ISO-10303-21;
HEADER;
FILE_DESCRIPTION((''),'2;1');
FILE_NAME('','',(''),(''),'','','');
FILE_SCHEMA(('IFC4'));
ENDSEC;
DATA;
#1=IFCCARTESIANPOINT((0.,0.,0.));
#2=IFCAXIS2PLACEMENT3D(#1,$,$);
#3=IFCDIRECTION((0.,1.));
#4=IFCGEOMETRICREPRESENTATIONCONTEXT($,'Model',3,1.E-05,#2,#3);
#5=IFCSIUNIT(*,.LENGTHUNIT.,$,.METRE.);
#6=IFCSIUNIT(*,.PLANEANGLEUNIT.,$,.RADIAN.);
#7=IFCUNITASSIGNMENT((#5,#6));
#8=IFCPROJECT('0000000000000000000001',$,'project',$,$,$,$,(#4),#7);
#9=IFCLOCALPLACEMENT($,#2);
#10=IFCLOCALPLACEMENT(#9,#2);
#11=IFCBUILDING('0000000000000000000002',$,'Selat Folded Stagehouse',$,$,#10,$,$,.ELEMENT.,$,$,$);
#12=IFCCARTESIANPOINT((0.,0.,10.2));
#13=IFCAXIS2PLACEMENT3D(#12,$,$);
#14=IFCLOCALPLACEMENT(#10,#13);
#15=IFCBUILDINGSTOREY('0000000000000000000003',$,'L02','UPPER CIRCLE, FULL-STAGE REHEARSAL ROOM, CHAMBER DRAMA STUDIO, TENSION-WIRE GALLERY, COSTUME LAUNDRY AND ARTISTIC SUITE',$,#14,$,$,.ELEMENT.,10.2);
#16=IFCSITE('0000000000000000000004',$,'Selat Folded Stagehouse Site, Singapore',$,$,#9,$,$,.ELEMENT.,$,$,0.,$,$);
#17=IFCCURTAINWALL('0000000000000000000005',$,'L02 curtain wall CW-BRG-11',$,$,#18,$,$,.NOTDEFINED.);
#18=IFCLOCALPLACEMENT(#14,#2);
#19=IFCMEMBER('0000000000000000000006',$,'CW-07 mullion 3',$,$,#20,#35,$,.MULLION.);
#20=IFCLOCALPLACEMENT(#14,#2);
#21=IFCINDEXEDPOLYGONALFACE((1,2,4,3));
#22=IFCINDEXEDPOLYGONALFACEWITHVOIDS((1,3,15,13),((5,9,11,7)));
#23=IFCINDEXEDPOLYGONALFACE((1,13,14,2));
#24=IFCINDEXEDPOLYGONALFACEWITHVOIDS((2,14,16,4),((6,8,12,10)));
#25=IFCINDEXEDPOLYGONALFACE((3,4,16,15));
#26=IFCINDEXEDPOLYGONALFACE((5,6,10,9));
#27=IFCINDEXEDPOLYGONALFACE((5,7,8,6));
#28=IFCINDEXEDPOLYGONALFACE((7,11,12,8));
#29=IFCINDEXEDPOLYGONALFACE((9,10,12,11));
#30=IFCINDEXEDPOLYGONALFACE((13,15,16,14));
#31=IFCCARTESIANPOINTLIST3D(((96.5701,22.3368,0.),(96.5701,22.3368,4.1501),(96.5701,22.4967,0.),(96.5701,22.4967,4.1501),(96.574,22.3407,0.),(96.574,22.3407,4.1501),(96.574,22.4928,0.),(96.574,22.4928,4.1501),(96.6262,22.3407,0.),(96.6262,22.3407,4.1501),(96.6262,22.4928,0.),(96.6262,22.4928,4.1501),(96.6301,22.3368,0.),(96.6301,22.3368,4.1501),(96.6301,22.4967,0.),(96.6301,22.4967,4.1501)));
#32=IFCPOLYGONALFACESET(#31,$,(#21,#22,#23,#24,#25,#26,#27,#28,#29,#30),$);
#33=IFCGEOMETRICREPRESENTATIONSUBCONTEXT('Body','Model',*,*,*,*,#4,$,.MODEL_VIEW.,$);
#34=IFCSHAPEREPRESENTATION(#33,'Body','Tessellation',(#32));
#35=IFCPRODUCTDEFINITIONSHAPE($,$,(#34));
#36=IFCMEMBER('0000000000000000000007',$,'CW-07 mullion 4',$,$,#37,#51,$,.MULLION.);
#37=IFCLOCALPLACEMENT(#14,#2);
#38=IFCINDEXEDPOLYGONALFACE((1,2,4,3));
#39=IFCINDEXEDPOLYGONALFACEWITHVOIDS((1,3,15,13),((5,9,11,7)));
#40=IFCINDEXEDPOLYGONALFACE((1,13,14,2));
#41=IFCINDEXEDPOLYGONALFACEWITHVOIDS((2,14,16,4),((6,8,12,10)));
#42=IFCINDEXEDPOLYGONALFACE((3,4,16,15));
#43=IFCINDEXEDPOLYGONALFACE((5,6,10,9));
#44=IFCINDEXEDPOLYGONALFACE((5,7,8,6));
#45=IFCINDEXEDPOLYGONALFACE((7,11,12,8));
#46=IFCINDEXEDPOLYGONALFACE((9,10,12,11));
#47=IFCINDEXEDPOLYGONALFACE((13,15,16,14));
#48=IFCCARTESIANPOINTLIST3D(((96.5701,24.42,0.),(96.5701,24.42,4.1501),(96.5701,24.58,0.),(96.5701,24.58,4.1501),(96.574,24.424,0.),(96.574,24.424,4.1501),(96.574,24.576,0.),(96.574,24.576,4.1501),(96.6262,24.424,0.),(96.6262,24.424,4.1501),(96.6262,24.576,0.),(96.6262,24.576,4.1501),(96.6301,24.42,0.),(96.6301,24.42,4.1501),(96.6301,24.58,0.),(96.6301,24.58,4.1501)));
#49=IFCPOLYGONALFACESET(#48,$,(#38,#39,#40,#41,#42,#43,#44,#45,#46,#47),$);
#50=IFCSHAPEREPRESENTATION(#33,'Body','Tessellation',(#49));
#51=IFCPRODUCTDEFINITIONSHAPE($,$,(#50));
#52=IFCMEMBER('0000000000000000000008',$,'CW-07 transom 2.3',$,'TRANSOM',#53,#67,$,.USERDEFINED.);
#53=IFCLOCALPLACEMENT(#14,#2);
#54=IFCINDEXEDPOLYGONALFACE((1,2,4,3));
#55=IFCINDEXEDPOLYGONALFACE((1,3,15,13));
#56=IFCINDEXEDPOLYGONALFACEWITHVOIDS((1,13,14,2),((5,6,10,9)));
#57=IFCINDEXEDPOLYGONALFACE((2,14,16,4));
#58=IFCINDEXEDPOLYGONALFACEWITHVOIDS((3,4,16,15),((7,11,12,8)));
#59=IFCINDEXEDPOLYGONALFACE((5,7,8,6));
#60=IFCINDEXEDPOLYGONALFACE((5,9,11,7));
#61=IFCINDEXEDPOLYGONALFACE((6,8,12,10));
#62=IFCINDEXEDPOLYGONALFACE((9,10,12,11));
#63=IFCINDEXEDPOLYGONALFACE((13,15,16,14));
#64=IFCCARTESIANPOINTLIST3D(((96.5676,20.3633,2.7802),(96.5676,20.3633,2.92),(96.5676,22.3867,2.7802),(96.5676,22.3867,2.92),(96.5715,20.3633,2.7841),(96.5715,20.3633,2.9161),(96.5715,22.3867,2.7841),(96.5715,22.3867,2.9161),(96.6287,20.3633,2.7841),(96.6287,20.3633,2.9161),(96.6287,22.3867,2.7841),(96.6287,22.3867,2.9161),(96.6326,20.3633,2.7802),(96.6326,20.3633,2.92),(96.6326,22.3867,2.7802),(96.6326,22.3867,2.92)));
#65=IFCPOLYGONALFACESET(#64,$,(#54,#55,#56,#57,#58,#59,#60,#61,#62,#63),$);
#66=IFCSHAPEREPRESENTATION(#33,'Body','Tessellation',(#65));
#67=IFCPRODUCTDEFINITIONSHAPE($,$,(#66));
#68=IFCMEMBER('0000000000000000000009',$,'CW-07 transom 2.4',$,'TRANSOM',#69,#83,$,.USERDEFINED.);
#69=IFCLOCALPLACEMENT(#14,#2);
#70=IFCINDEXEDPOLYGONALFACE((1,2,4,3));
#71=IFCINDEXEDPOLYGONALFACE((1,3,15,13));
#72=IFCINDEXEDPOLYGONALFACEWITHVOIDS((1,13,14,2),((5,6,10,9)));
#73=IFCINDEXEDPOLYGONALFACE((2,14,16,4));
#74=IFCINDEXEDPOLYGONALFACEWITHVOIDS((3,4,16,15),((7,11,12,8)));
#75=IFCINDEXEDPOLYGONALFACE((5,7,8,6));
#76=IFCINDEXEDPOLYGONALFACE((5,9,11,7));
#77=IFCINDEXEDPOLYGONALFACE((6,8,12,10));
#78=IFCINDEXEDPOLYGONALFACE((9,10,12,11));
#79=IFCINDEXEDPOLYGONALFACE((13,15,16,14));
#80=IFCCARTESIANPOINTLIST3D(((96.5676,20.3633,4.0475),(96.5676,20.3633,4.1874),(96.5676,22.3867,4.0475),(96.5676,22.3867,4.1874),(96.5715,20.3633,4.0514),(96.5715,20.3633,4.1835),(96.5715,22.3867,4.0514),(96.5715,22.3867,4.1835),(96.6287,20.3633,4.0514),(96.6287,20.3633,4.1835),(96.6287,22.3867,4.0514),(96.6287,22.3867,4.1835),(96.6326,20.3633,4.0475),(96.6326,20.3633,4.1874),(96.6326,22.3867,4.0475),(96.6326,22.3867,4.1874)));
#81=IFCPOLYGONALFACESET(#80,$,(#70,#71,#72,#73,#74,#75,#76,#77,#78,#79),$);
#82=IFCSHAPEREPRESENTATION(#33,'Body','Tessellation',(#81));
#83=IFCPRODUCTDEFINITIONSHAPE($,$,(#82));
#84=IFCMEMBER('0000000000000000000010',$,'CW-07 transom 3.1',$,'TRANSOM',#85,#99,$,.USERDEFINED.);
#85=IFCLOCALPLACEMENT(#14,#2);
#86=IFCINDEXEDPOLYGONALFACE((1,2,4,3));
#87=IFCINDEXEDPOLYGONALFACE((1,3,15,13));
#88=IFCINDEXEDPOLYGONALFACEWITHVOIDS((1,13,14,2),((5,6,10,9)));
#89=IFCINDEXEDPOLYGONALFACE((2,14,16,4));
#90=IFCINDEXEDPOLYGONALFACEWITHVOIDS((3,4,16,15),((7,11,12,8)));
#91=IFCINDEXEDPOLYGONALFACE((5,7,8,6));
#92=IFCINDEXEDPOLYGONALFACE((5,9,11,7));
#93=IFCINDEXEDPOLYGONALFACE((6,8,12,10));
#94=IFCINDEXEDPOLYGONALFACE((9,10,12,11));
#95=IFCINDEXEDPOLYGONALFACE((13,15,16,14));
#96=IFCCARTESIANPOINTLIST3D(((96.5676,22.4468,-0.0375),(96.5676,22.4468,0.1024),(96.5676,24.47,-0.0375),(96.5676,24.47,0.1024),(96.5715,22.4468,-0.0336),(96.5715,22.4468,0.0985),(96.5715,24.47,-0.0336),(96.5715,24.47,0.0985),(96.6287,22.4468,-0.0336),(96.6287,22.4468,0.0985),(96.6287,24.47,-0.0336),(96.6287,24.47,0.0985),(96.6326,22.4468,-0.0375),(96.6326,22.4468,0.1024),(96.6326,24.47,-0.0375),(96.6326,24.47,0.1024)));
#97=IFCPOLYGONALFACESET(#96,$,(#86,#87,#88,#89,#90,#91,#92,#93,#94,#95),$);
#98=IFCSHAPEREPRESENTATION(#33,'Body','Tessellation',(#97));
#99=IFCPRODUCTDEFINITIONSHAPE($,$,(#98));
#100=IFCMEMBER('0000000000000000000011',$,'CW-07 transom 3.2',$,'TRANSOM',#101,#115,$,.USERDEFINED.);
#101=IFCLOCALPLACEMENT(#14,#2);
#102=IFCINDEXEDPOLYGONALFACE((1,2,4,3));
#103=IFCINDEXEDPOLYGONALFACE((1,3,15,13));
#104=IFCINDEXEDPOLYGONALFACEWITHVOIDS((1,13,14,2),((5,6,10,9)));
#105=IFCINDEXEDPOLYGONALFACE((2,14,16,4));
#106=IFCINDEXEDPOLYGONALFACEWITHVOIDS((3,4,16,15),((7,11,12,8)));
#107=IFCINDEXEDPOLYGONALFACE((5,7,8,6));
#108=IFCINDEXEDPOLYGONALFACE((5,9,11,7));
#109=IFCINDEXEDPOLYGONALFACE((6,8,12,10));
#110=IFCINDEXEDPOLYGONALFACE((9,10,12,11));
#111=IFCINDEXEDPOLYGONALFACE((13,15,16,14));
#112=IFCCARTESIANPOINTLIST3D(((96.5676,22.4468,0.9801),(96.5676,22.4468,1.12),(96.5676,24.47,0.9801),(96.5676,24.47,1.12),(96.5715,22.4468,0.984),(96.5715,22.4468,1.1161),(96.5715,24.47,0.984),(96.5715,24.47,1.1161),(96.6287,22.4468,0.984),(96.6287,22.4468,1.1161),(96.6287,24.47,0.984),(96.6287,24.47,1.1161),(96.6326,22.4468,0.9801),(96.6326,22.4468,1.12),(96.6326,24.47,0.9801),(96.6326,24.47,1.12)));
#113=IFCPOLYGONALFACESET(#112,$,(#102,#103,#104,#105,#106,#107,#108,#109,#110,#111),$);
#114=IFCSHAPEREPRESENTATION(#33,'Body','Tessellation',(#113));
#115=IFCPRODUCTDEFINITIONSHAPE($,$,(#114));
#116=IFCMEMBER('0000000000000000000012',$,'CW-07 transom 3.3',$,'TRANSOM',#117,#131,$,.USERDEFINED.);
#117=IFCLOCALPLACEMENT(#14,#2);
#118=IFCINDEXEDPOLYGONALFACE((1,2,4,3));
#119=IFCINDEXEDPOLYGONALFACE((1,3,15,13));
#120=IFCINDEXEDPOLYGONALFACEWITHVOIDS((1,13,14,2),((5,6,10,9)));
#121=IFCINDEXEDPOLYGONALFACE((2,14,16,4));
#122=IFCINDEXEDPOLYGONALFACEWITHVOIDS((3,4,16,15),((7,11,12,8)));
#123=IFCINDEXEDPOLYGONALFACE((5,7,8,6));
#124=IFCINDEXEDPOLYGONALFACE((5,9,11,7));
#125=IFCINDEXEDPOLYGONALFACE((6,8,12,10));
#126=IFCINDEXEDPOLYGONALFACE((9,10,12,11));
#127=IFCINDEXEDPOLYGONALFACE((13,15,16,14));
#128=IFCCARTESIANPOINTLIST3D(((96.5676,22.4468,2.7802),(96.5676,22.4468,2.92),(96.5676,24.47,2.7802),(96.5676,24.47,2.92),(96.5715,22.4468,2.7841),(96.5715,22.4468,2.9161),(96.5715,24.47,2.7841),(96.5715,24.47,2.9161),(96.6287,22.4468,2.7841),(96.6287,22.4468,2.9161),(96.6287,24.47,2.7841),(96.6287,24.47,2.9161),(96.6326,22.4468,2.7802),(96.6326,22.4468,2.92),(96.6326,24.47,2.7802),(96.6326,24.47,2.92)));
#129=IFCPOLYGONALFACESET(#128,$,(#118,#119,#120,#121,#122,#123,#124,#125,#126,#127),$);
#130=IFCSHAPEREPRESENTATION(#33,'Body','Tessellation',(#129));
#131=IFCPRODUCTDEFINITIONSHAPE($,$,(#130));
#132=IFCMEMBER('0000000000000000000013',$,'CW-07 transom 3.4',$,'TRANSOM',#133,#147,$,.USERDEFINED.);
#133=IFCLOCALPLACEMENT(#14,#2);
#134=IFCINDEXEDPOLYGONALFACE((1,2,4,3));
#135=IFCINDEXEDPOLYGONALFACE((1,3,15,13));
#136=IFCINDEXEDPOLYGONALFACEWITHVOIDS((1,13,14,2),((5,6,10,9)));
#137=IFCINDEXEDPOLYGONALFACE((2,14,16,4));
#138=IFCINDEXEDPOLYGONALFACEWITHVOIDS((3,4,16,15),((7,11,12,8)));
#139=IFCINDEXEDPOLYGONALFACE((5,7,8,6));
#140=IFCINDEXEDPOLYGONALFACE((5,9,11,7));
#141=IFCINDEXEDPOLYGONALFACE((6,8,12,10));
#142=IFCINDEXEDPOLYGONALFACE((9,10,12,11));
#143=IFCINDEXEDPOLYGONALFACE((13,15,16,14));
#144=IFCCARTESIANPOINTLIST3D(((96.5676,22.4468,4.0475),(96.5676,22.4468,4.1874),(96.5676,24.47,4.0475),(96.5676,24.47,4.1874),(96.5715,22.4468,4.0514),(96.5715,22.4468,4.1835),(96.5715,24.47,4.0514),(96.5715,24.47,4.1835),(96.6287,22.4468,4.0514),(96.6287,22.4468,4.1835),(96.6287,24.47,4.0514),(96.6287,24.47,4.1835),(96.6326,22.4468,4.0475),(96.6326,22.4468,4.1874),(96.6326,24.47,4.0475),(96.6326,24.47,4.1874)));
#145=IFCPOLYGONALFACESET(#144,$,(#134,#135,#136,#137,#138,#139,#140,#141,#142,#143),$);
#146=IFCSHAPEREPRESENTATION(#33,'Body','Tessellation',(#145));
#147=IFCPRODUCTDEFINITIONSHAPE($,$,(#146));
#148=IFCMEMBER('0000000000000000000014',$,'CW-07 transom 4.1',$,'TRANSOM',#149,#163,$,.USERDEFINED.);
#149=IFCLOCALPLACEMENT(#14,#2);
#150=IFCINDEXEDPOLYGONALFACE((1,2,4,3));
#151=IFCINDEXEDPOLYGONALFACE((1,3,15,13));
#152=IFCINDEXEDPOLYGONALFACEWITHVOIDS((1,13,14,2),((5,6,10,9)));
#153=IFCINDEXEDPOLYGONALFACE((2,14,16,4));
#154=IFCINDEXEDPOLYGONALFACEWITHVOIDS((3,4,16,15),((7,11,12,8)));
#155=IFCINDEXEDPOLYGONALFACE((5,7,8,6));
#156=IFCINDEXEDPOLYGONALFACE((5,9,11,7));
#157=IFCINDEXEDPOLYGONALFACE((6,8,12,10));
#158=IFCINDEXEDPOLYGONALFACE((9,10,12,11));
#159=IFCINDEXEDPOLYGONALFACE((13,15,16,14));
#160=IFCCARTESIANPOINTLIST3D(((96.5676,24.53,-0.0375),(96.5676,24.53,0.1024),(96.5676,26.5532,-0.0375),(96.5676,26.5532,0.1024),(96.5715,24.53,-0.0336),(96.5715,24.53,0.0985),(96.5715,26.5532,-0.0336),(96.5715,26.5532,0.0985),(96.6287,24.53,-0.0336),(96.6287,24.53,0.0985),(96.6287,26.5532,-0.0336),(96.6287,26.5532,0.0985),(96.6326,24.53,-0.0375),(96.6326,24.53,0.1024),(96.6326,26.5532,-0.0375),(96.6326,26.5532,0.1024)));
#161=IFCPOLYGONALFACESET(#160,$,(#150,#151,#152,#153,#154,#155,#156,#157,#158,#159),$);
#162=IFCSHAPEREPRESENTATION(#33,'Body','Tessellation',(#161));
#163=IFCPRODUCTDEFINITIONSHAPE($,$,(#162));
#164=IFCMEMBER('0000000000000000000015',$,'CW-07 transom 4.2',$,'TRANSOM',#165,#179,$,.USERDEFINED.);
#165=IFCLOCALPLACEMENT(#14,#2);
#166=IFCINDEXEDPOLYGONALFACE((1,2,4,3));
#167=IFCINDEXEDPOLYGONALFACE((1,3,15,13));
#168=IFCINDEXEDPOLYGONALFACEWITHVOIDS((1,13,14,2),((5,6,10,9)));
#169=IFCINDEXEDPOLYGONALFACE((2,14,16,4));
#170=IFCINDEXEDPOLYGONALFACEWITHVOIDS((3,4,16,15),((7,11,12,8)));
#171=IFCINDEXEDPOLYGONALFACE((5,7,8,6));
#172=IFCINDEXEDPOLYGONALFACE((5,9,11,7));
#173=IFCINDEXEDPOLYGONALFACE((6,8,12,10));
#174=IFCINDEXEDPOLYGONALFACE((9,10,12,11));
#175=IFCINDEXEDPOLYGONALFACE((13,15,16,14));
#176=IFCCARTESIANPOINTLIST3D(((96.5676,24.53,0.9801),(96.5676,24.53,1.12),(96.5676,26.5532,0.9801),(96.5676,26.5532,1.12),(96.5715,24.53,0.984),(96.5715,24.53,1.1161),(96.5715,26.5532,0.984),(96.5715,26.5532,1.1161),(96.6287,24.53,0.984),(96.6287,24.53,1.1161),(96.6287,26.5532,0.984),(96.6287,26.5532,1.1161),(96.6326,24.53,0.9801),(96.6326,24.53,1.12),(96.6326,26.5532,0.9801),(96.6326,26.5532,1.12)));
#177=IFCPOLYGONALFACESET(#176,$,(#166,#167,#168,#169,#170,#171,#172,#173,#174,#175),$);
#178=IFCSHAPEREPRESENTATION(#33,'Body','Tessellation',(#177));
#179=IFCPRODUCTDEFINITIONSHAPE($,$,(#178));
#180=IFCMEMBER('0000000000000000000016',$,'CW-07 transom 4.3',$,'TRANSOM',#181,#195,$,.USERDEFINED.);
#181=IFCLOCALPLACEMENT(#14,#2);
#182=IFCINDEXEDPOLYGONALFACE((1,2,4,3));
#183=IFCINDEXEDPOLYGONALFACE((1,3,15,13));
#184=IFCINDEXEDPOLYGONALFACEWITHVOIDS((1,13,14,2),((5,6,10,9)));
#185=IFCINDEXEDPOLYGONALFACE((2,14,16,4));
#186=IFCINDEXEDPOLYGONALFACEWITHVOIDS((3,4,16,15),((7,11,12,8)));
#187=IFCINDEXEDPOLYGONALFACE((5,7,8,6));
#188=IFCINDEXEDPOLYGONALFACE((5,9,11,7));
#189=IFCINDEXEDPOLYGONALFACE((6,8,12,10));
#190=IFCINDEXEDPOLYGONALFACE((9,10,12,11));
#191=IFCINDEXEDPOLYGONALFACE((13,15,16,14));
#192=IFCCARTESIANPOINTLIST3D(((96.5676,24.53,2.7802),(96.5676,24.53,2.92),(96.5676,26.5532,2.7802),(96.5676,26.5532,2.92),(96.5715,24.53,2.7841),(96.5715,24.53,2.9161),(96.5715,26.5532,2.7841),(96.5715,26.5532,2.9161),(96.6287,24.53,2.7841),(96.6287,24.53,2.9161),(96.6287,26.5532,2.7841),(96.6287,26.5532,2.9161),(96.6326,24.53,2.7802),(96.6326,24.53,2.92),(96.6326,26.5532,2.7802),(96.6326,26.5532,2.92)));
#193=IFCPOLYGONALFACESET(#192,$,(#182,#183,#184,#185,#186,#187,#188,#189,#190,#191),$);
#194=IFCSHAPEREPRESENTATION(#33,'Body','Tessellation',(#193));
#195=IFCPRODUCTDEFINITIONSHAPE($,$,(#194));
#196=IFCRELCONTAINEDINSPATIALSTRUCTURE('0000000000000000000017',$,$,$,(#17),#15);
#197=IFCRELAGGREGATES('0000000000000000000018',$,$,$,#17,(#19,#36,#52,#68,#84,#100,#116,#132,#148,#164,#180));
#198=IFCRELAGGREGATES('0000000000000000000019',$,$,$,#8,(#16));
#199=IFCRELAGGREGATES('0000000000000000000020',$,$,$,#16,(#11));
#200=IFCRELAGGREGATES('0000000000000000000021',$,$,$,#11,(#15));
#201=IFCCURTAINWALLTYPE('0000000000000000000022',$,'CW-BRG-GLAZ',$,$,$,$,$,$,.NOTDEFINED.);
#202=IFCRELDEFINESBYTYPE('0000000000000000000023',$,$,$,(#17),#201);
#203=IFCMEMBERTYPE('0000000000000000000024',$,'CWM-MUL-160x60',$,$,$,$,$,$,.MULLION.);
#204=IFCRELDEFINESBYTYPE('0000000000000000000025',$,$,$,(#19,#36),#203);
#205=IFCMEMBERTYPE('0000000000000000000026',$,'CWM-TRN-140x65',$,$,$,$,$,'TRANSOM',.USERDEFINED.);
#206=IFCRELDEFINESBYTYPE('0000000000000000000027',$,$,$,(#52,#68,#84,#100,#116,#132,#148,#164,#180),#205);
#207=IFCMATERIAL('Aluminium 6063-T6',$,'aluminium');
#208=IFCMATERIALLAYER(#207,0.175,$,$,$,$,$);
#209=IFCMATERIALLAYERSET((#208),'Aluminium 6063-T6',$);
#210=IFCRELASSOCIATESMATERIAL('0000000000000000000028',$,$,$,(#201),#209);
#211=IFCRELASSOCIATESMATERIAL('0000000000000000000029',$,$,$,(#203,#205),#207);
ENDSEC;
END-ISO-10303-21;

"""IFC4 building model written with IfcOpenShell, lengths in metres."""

from ifc_helpers import new_model, si_unit, direction, frame, origin, origin_2d, place, context, subcontext, project, spatial, hollow_rectangle, extrude, material, layer, layer_set, material_profile, profile_set, type_object, element, aggregate, save


model = new_model("IFC4")

# Units and contexts
model_context = context("Model", 3, precision=1e-05, world=origin(), true_north=direction((0.0, 1.0)))
body_context = subcontext(model_context, "Body", "Model", "MODEL_VIEW")
ifc_project = project(units=[si_unit("LENGTHUNIT", "METRE"), si_unit("PLANEANGLEUNIT", "RADIAN")], contexts=[model_context])

# Site, building, storey
site_placement = place(None, origin())
site = spatial("IfcSite", under=ifc_project, at=site_placement, Name="Selat Folded Stagehouse Site, Singapore", CompositionType="ELEMENT", RefElevation=0.0)
building_placement = place(site_placement, origin())
building = spatial("IfcBuilding", under=site, at=building_placement, Name="Selat Folded Stagehouse", CompositionType="ELEMENT")
storey_placement = place(building_placement, frame((0.0, 0.0, 10.2)))
storey = spatial("IfcBuildingStorey", under=building, at=storey_placement, Name="L02", Description="UPPER CIRCLE, FULL-STAGE REHEARSAL ROOM, CHAMBER DRAMA STUDIO, TENSION-WIRE GALLERY, COSTUME LAUNDRY AND ARTISTIC SUITE", CompositionType="ELEMENT", Elevation=10.2)

# Curtain wall, members
ifc_material_1 = material(Name="Aluminium 6063-T6", Category="aluminium")
ifc_layer_1 = layer(ifc_material_1, 0.175)
ifc_layer_set_1 = layer_set([ifc_layer_1], Name="Aluminium 6063-T6")
curtain_wall_type = type_object("IfcCurtainWallType", Name="CW-BRG-GLAZ", PredefinedType="NOTDEFINED", material=ifc_layer_set_1)
curtain_wall_placement = place(storey_placement, origin())
curtain_wall = element("IfcCurtainWall", 1, at=curtain_wall_placement, inside=storey, type_object=curtain_wall_type, Name="L02 curtain wall CW-BRG-11", PredefinedType="NOTDEFINED")
ifc_material_profile_1 = material_profile(ifc_material_1, hollow_rectangle(XDim=0.0601, YDim=0.1599, WallThickness=0.0039, at=origin_2d()), Name="ALU 160x60x4.0")
ifc_profile_set_1 = profile_set([ifc_material_profile_1], Name="Aluminium 6063-T6")
member_type_1 = type_object("IfcMemberType", Name="CWM-MUL-160x60", PredefinedType="MULLION", material=ifc_profile_set_1)
member_1_placement = place(storey_placement, frame((96.6001, 22.4167, 0.0), z_axis=(0.0, 0.0, 1.0), x_axis=(-1.0, 0.0, 0.0)))
member_1 = element("IfcMember", 2, at=member_1_placement, type_object=member_type_1, Name="CW-07 mullion 3", PredefinedType="MULLION", context=body_context, shape_type="SweptSolid", body=[
    extrude(hollow_rectangle(XDim=0.0601, YDim=0.1599, WallThickness=0.0039, at=origin_2d()), origin(), (0.0, 0.0, 1.0), 4.1501),
])
member_2_placement = place(storey_placement, frame((96.6001, 24.5, 0.0), z_axis=(0.0, 0.0, 1.0), x_axis=(-1.0, 0.0, 0.0)))
member_2 = element("IfcMember", 3, at=member_2_placement, type_object=member_type_1, Name="CW-07 mullion 4", PredefinedType="MULLION", context=body_context, shape_type="SweptSolid", body=[
    extrude(hollow_rectangle(XDim=0.0601, YDim=0.1599, WallThickness=0.0039, at=origin_2d()), origin(), (0.0, 0.0, 1.0), 4.1501),
])
ifc_material_profile_2 = material_profile(ifc_material_1, hollow_rectangle(XDim=0.0649, YDim=0.1399, WallThickness=0.0039, at=origin_2d()), Name="ALU 140x65x4.0")
ifc_profile_set_2 = profile_set([ifc_material_profile_2], Name="Aluminium 6063-T6")
member_type_2 = type_object("IfcMemberType", Name="CWM-TRN-140x65", ElementType="TRANSOM", PredefinedType="USERDEFINED", material=ifc_profile_set_2)
member_3_placement = place(storey_placement, frame((96.6001, 20.3633, 2.8501), z_axis=(0.0, 1.0, 0.0), x_axis=(-1.0, 0.0, 0.0)))
member_3 = element("IfcMember", 4, at=member_3_placement, type_object=member_type_2, Name="CW-07 transom 2.3", ObjectType="TRANSOM", PredefinedType="USERDEFINED", context=body_context, shape_type="SweptSolid", body=[
    extrude(hollow_rectangle(XDim=0.0649, YDim=0.1399, WallThickness=0.0039, at=origin_2d()), origin(), (0.0, 0.0, 1.0), 2.0234),
])
member_4_placement = place(storey_placement, frame((96.6001, 20.3633, 4.1174), z_axis=(0.0, 1.0, 0.0), x_axis=(-1.0, 0.0, 0.0)))
member_4 = element("IfcMember", 5, at=member_4_placement, type_object=member_type_2, Name="CW-07 transom 2.4", ObjectType="TRANSOM", PredefinedType="USERDEFINED", context=body_context, shape_type="SweptSolid", body=[
    extrude(hollow_rectangle(XDim=0.0649, YDim=0.1399, WallThickness=0.0039, at=origin_2d()), origin(), (0.0, 0.0, 1.0), 2.0234),
])
member_5_placement = place(storey_placement, frame((96.6001, 22.4468, 0.0325), z_axis=(0.0, 1.0, 0.0), x_axis=(-1.0, 0.0, 0.0)))
member_5 = element("IfcMember", 6, at=member_5_placement, type_object=member_type_2, Name="CW-07 transom 3.1", ObjectType="TRANSOM", PredefinedType="USERDEFINED", context=body_context, shape_type="SweptSolid", body=[
    extrude(hollow_rectangle(XDim=0.0649, YDim=0.1399, WallThickness=0.0039, at=origin_2d()), origin(), (0.0, 0.0, 1.0), 2.0232),
])
member_6_placement = place(storey_placement, frame((96.6001, 22.4468, 1.05), z_axis=(0.0, 1.0, 0.0), x_axis=(-1.0, 0.0, 0.0)))
member_6 = element("IfcMember", 7, at=member_6_placement, type_object=member_type_2, Name="CW-07 transom 3.2", ObjectType="TRANSOM", PredefinedType="USERDEFINED", context=body_context, shape_type="SweptSolid", body=[
    extrude(hollow_rectangle(XDim=0.0649, YDim=0.1399, WallThickness=0.0039, at=origin_2d()), origin(), (0.0, 0.0, 1.0), 2.0232),
])
member_7_placement = place(storey_placement, frame((96.6001, 22.4468, 2.8501), z_axis=(0.0, 1.0, 0.0), x_axis=(-1.0, 0.0, 0.0)))
member_7 = element("IfcMember", 8, at=member_7_placement, type_object=member_type_2, Name="CW-07 transom 3.3", ObjectType="TRANSOM", PredefinedType="USERDEFINED", context=body_context, shape_type="SweptSolid", body=[
    extrude(hollow_rectangle(XDim=0.0649, YDim=0.1399, WallThickness=0.0039, at=origin_2d()), origin(), (0.0, 0.0, 1.0), 2.0232),
])
member_8_placement = place(storey_placement, frame((96.6001, 22.4468, 4.1174), z_axis=(0.0, 1.0, 0.0), x_axis=(-1.0, 0.0, 0.0)))
member_8 = element("IfcMember", 9, at=member_8_placement, type_object=member_type_2, Name="CW-07 transom 3.4", ObjectType="TRANSOM", PredefinedType="USERDEFINED", context=body_context, shape_type="SweptSolid", body=[
    extrude(hollow_rectangle(XDim=0.0649, YDim=0.1399, WallThickness=0.0039, at=origin_2d()), origin(), (0.0, 0.0, 1.0), 2.0232),
])
member_9_placement = place(storey_placement, frame((96.6001, 24.53, 0.0325), z_axis=(0.0, 1.0, 0.0), x_axis=(-1.0, 0.0, 0.0)))
member_9 = element("IfcMember", 10, at=member_9_placement, type_object=member_type_2, Name="CW-07 transom 4.1", ObjectType="TRANSOM", PredefinedType="USERDEFINED", context=body_context, shape_type="SweptSolid", body=[
    extrude(hollow_rectangle(XDim=0.0649, YDim=0.1399, WallThickness=0.0039, at=origin_2d()), origin(), (0.0, 0.0, 1.0), 2.0232),
])
member_10_placement = place(storey_placement, frame((96.6001, 24.53, 1.05), z_axis=(0.0, 1.0, 0.0), x_axis=(-1.0, 0.0, 0.0)))
member_10 = element("IfcMember", 11, at=member_10_placement, type_object=member_type_2, Name="CW-07 transom 4.2", ObjectType="TRANSOM", PredefinedType="USERDEFINED", context=body_context, shape_type="SweptSolid", body=[
    extrude(hollow_rectangle(XDim=0.0649, YDim=0.1399, WallThickness=0.0039, at=origin_2d()), origin(), (0.0, 0.0, 1.0), 2.0232),
])
member_11_placement = place(storey_placement, frame((96.6001, 24.53, 2.8501), z_axis=(0.0, 1.0, 0.0), x_axis=(-1.0, 0.0, 0.0)))
member_11 = element("IfcMember", 12, at=member_11_placement, type_object=member_type_2, Name="CW-07 transom 4.3", ObjectType="TRANSOM", PredefinedType="USERDEFINED", context=body_context, shape_type="SweptSolid", body=[
    extrude(hollow_rectangle(XDim=0.0649, YDim=0.1399, WallThickness=0.0039, at=origin_2d()), origin(), (0.0, 0.0, 1.0), 2.0232),
])
aggregate(curtain_wall, [member_1, member_2, member_3, member_4, member_5, member_6, member_7, member_8, member_9, member_10, member_11])

save(model, "model.ifc")
